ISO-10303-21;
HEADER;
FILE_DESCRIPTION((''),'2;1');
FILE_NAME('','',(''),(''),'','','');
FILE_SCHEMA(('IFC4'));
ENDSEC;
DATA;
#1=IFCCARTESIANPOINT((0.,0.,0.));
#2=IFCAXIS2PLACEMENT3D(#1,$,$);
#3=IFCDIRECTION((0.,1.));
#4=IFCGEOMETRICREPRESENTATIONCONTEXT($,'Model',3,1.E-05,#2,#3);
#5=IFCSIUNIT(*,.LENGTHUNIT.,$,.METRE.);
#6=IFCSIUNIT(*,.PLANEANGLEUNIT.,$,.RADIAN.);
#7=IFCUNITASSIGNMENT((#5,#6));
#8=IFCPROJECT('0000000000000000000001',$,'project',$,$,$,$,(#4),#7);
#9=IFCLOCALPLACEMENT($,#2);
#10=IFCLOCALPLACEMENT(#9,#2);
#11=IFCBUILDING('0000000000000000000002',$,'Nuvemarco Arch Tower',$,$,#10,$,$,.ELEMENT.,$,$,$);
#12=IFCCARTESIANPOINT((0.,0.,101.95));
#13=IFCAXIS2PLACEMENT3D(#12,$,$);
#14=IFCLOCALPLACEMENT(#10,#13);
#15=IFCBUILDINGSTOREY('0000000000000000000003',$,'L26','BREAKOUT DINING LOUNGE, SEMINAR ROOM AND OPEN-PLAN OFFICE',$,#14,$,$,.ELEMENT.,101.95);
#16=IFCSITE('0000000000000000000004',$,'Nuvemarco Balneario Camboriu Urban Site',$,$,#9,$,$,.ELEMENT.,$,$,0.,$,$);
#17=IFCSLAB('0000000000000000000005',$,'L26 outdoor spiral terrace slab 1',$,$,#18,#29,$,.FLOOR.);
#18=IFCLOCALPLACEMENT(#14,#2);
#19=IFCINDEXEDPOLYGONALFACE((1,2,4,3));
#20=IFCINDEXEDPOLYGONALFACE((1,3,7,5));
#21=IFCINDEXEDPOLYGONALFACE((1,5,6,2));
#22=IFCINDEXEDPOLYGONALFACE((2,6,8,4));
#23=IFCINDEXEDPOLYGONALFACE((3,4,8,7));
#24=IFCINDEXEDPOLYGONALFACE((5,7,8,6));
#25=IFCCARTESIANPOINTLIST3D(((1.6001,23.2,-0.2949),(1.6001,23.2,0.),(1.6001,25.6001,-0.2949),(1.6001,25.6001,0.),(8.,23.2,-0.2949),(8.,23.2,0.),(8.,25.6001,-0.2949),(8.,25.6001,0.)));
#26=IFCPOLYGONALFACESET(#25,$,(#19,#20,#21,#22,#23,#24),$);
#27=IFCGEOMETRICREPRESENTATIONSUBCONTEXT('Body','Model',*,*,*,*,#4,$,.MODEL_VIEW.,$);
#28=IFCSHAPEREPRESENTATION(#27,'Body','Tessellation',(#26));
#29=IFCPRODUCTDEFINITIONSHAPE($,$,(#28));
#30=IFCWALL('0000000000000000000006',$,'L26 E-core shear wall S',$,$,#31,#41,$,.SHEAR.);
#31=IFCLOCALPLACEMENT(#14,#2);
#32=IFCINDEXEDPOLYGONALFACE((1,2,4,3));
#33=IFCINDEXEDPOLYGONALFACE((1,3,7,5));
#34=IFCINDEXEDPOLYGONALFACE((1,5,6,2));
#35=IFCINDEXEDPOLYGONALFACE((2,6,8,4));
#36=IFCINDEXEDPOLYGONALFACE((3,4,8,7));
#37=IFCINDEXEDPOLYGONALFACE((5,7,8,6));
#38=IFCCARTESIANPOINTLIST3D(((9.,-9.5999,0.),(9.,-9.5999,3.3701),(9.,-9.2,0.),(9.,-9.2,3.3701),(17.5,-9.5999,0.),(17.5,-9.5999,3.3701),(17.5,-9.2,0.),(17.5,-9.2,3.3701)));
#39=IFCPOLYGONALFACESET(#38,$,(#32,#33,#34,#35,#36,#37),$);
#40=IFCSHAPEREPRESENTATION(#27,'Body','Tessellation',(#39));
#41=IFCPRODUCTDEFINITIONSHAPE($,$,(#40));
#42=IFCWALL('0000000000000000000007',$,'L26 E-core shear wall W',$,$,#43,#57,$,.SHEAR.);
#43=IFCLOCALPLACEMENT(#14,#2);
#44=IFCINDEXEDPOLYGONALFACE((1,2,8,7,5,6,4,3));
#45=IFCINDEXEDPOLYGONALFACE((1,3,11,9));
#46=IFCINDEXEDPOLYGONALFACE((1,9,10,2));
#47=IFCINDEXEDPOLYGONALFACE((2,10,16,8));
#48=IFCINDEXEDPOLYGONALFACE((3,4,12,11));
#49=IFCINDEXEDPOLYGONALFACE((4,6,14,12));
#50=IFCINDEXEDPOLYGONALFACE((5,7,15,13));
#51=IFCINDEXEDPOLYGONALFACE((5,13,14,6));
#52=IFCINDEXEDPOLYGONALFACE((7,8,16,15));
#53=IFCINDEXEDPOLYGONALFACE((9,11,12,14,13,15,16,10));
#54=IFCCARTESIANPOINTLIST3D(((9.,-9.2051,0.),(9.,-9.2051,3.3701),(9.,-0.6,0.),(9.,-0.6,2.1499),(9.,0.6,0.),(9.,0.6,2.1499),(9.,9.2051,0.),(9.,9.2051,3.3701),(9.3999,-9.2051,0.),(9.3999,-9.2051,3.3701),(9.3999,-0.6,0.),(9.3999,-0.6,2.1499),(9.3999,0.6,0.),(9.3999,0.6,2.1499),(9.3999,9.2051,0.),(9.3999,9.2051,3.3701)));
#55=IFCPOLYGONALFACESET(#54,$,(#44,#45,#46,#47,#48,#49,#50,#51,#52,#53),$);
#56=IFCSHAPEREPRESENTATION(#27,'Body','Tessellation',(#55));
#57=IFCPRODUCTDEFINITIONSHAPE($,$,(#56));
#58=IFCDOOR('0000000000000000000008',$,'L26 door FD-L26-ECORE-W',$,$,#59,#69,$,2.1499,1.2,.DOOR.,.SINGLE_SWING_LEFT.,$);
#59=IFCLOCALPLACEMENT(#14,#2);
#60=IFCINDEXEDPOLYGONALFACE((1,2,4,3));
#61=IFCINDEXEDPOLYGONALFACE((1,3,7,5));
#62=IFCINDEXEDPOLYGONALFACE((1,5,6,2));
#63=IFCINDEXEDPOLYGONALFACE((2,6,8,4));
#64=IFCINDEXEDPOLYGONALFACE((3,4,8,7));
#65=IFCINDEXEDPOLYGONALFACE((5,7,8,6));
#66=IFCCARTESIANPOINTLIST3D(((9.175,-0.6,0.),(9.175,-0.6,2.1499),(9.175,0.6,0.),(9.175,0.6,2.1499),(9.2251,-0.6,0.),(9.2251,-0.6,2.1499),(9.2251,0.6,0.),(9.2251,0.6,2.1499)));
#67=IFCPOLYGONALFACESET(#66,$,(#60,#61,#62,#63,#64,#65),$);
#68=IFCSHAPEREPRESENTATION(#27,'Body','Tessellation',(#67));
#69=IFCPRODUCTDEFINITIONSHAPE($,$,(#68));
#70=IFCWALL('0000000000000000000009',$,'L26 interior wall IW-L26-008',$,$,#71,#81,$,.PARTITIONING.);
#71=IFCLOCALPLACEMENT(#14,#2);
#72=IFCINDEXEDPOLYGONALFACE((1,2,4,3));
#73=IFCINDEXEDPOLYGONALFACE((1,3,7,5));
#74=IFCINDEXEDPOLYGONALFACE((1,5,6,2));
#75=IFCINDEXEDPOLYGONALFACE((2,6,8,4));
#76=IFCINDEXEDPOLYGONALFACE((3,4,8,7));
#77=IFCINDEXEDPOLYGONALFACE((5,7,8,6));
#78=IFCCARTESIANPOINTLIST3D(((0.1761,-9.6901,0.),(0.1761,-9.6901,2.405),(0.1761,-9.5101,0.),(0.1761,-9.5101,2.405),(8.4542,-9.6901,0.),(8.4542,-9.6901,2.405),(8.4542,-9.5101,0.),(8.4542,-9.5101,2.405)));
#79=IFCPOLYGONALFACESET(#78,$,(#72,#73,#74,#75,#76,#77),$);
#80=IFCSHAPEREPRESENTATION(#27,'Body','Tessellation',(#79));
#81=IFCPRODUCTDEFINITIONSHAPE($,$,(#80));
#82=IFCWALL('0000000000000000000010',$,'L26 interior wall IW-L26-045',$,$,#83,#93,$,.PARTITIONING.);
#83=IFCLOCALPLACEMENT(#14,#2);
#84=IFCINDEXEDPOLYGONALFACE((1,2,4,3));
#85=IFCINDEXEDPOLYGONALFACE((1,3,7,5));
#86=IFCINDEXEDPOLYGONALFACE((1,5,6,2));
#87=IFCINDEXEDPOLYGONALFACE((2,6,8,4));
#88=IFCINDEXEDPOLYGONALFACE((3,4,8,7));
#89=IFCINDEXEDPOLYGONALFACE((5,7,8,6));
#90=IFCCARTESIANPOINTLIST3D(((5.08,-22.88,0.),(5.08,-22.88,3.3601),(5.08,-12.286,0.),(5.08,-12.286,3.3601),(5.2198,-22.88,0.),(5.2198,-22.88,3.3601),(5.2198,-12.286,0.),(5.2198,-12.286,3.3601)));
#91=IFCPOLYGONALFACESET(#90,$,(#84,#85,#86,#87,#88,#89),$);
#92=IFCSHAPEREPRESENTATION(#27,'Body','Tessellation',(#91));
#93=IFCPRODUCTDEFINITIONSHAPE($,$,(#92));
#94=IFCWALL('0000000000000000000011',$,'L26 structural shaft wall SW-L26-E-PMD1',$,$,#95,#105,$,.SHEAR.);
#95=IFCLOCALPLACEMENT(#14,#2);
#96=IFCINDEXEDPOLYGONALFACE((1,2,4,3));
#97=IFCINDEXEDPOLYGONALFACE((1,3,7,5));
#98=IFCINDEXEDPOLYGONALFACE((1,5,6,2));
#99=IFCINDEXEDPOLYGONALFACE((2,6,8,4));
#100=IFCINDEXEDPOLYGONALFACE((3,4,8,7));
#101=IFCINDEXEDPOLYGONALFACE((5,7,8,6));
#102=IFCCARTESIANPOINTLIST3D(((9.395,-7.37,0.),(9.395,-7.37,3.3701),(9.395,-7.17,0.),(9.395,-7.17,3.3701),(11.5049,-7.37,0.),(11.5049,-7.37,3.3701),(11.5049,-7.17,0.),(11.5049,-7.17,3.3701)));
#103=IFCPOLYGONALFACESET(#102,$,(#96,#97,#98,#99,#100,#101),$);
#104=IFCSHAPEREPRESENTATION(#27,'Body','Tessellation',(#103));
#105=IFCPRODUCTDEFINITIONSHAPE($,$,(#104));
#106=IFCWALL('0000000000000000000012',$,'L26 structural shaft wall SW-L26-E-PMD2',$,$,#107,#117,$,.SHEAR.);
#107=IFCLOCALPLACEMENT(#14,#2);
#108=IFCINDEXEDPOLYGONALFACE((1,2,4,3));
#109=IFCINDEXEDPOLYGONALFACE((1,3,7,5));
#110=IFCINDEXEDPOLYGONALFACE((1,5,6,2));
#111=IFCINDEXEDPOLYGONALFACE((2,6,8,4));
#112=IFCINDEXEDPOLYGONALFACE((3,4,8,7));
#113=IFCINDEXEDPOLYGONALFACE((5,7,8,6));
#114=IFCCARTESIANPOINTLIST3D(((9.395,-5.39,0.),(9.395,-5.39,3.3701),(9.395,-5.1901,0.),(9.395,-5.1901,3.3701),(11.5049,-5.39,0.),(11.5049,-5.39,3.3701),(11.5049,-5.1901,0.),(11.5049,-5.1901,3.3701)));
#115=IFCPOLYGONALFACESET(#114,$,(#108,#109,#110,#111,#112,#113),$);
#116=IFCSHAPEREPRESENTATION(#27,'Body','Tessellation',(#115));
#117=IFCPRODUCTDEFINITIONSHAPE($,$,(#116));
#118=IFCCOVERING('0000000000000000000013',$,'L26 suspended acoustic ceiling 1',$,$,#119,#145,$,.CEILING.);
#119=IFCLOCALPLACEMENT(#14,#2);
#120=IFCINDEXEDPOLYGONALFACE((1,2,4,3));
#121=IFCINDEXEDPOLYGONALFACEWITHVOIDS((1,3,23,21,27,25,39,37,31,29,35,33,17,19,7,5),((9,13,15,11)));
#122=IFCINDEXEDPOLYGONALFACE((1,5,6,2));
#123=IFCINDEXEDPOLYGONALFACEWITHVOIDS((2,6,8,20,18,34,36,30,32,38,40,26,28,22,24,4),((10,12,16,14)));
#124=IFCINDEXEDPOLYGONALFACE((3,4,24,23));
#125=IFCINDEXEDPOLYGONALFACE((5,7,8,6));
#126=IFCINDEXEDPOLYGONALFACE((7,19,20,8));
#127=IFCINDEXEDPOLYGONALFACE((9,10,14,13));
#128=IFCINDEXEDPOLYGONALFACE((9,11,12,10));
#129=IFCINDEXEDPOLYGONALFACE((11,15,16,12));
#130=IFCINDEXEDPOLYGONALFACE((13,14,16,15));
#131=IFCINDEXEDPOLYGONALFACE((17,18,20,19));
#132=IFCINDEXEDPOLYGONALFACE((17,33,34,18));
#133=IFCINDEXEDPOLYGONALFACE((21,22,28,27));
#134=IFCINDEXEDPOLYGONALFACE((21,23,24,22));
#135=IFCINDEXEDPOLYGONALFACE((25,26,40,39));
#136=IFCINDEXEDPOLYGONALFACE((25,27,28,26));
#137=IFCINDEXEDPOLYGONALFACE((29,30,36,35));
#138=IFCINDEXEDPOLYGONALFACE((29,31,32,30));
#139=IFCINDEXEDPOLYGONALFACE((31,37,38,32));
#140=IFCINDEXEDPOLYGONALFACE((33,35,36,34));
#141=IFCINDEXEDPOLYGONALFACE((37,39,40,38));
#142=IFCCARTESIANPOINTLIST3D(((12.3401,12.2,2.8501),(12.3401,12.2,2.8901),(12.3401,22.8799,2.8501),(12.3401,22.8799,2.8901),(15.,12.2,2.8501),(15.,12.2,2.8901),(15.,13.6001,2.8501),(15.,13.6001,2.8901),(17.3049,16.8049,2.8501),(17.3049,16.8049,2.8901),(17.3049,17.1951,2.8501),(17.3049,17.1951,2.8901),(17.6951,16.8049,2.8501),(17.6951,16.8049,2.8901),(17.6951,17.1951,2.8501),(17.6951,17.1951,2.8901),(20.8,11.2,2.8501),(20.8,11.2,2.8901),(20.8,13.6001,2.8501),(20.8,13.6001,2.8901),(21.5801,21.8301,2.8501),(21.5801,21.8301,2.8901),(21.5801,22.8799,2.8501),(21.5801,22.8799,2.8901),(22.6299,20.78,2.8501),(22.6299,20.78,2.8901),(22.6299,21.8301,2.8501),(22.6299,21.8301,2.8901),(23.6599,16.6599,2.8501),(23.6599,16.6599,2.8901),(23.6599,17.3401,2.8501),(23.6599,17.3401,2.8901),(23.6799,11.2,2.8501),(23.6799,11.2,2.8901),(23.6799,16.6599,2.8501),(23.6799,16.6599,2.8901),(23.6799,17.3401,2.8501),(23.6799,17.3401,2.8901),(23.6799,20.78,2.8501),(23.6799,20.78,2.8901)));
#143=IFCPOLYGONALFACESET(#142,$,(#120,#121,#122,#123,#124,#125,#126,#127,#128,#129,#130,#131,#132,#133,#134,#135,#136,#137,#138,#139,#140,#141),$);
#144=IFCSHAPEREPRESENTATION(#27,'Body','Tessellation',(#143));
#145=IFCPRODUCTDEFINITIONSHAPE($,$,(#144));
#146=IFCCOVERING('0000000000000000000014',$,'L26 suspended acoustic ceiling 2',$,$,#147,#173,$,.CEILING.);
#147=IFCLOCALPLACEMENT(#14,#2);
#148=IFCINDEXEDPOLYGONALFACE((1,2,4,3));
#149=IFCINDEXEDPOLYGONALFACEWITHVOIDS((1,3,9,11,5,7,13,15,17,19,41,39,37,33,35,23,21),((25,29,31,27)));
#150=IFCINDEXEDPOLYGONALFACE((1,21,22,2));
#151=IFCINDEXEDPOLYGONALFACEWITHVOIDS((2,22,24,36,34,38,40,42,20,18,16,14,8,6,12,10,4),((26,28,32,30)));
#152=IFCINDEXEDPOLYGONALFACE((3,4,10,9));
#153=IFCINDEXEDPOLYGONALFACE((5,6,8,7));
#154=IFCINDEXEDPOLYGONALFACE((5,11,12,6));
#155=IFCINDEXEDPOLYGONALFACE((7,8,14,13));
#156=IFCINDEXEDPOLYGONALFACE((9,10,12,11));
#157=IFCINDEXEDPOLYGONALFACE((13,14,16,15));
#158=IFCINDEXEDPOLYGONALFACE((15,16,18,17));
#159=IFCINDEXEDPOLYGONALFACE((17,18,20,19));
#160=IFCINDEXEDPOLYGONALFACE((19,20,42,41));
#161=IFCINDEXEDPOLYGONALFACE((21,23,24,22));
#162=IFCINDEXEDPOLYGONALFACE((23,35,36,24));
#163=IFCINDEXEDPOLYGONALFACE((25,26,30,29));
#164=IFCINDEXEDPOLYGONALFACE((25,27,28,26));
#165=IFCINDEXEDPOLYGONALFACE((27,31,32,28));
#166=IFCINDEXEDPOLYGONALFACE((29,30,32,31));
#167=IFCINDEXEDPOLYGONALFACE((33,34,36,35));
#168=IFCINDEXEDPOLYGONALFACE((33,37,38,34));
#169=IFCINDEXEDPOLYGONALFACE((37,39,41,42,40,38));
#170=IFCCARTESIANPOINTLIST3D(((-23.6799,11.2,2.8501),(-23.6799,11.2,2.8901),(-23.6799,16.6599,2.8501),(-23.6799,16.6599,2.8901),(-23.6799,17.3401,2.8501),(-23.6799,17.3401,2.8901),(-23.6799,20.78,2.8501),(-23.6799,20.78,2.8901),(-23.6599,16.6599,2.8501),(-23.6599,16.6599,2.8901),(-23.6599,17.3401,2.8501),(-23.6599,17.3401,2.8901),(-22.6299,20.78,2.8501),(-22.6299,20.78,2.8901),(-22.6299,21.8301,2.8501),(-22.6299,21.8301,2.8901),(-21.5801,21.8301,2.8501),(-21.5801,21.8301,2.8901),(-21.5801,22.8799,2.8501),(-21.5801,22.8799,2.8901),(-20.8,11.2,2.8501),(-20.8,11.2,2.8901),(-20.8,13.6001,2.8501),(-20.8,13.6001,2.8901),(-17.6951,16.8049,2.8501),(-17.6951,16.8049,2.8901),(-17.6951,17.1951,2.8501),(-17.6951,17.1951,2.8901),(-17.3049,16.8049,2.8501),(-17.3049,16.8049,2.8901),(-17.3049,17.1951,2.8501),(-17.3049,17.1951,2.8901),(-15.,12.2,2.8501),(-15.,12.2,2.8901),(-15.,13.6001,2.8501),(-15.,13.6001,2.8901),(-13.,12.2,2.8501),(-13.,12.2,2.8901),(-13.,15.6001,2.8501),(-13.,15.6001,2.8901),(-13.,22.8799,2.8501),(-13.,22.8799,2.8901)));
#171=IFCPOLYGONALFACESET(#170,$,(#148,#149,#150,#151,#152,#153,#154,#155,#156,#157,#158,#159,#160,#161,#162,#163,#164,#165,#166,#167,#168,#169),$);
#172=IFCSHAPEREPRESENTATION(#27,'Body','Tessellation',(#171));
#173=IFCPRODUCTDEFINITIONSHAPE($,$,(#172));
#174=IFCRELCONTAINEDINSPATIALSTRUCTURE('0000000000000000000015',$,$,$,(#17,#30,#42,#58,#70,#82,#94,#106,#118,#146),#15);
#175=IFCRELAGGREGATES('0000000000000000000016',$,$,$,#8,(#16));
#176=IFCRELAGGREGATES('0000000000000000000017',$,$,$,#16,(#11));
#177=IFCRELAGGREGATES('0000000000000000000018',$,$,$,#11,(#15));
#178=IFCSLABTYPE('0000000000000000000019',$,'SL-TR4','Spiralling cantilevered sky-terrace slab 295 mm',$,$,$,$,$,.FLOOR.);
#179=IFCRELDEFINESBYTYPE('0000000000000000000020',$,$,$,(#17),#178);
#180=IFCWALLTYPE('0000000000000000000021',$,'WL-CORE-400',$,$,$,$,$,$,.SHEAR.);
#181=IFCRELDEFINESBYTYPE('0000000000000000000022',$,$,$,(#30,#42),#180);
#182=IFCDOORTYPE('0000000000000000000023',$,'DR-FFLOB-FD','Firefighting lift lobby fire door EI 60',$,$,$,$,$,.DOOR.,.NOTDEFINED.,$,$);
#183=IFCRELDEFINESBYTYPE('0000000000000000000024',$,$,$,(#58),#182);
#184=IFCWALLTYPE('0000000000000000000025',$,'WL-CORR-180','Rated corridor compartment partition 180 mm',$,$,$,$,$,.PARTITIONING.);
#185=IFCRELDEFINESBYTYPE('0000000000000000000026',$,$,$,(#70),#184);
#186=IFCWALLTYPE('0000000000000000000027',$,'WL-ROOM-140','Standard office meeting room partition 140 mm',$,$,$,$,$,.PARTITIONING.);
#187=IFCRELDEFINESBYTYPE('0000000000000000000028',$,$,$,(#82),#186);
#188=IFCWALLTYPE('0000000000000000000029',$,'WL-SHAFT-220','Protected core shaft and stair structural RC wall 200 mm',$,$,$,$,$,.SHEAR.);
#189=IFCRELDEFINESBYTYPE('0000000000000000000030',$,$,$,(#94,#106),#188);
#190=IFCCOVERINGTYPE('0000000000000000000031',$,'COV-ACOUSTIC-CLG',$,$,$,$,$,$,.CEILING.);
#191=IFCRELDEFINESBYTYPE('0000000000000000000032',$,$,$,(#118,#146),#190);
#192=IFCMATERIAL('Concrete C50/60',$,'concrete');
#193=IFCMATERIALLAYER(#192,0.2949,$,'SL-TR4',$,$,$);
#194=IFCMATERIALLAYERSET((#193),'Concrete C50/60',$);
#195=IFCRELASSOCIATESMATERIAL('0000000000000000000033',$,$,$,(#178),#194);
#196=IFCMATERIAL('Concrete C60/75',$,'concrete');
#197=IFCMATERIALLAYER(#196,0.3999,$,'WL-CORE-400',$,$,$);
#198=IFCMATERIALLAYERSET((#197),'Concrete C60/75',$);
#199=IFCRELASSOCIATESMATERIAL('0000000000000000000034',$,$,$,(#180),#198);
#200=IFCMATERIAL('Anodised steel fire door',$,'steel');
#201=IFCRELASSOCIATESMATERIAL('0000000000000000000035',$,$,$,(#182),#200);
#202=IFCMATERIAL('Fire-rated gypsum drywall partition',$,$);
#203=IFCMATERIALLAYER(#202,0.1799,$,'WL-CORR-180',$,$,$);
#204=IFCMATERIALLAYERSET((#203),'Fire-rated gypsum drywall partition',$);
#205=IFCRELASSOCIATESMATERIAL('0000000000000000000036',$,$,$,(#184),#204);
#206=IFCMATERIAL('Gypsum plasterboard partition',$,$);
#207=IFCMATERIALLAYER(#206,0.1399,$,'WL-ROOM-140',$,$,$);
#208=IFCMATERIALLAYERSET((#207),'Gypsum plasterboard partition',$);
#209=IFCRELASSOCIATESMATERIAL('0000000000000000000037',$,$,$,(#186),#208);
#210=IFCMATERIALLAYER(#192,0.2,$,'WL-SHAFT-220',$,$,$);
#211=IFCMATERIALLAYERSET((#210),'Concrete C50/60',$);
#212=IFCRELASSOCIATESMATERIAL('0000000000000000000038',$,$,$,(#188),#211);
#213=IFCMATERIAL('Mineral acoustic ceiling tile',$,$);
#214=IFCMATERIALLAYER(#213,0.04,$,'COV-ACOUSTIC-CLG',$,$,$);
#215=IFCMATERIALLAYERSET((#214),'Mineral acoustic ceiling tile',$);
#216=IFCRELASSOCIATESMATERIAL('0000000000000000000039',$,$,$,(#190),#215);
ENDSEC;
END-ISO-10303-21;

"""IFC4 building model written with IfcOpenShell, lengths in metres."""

from ifc_helpers import new_model, si_unit, direction, frame, frame_2d, origin, place, context, subcontext, project, spatial, polyline, rectangle, outline, extrude, source, transform, mapped, material, layer, layer_set, type_object, type_shapes, element, fill, save


model = new_model("IFC4")

# Units and contexts
model_context = context("Model", 3, precision=1e-05, world=origin(), true_north=direction((0.0, 1.0)))
body_context = subcontext(model_context, "Body", "Model", "MODEL_VIEW")
ifc_project = project(units=[si_unit("LENGTHUNIT", "METRE"), si_unit("PLANEANGLEUNIT", "RADIAN")], contexts=[model_context])

# Site, building, storey
site_placement = place(None, origin())
site = spatial("IfcSite", under=ifc_project, at=site_placement, Name="Nuvemarco Balneario Camboriu Urban Site", CompositionType="ELEMENT", RefElevation=0.0)
building_placement = place(site_placement, origin())
building = spatial("IfcBuilding", under=site, at=building_placement, Name="Nuvemarco Arch Tower", CompositionType="ELEMENT")
storey_placement = place(building_placement, frame((0.0, 0.0, 101.95)))
storey = spatial("IfcBuildingStorey", under=building, at=storey_placement, Name="L26", Description="BREAKOUT DINING LOUNGE, SEMINAR ROOM AND OPEN-PLAN OFFICE", CompositionType="ELEMENT", Elevation=101.95)

# Shared definitions
ifc_material_1 = material(Name="Concrete C60/75", Category="concrete")

# Shared definitions
ifc_material_2 = material(Name="Concrete C50/60", Category="concrete")

# Slab
ifc_layer_1 = layer(ifc_material_2, 0.2949, Name="SL-TR4")
ifc_layer_set_1 = layer_set([ifc_layer_1], Name="Concrete C50/60")
slab_type_1 = type_object("IfcSlabType", Name="SL-TR4", Description="Spiralling cantilevered sky-terrace slab 295 mm", PredefinedType="FLOOR", material=ifc_layer_set_1)
slab_1_placement = place(storey_placement, frame((0.0, 0.0, -0.2949)))
element("IfcSlab", 1, at=slab_1_placement, inside=storey, type_object=slab_type_1, Name="L26 outdoor spiral terrace slab 1", PredefinedType="FLOOR", context=body_context, shape_type="SweptSolid", body=[
    extrude(outline(polyline([(1.6001, 23.2), (8.0, 23.2), (8.0, 25.6001), (1.6001, 25.6001), (1.6001, 23.2)])), origin(), (0.0, 0.0, 1.0), 0.2949),
])

# Wall
ifc_layer_2 = layer(ifc_material_1, 0.3999, Name="WL-CORE-400")
ifc_layer_set_2 = layer_set([ifc_layer_2], Name="Concrete C60/75")
wall_type_1 = type_object("IfcWallType", Name="WL-CORE-400", PredefinedType="SHEAR", material=ifc_layer_set_2)
wall_1_placement = place(storey_placement, frame((9.0, -9.3999, 0.0), z_axis=(0.0, 0.0, 1.0), x_axis=(1.0, 0.0, 0.0)))
element("IfcWall", 2, at=wall_1_placement, inside=storey, type_object=wall_type_1, Name="L26 E-core shear wall S", PredefinedType="SHEAR", context=body_context, shape_type="SweptSolid", body=[
    extrude(rectangle(XDim=8.5, YDim=0.3999, at=frame_2d((4.25, 0.0))), origin(), (0.0, 0.0, 1.0), 3.3701),
])

# Wall, opening, door
wall_2_placement = place(storey_placement, frame((9.2, -9.2051, 0.0), z_axis=(0.0, 0.0, 1.0), x_axis=(0.0, 1.0, 0.0)))
wall_2 = element("IfcWall", 3, at=wall_2_placement, inside=storey, type_object=wall_type_1, Name="L26 E-core shear wall W", PredefinedType="SHEAR", context=body_context, shape_type="SweptSolid", body=[
    extrude(rectangle(XDim=18.4102, YDim=0.3999, at=frame_2d((9.2051, 0.0))), origin(), (0.0, 0.0, 1.0), 3.3701),
])
opening_placement = place(wall_2_placement, frame((8.605, 0.0, 0.0)))
opening = element("IfcOpeningElement", 4, at=opening_placement, cuts=wall_2, PredefinedType="OPENING", context=body_context, shape_type="SweptSolid", body=[
    extrude(rectangle(XDim=1.2, YDim=2.1499, at=frame_2d((0.6001, 1.075))), frame((0.0, 0.21, 0.0), z_axis=(0.0, -1.0, 0.0), x_axis=(1.0, 0.0, 0.0)), (0.0, 0.0, 1.0), 0.4199),
])
ifc_material_3 = material(Name="Anodised steel fire door", Category="steel")
door_type = type_object("IfcDoorType", Name="DR-FFLOB-FD", Description="Firefighting lift lobby fire door EI 60", OperationType="NOTDEFINED", PredefinedType="DOOR", material=ifc_material_3)
shared_shape_1 = source(origin(), body_context, "Body", "SweptSolid", [
    extrude(rectangle(XDim=1.2, YDim=2.1499, at=frame_2d((0.6001, 1.075))), frame((0.0, 0.0249, 0.0), z_axis=(0.0, -1.0, 0.0), x_axis=(1.0, 0.0, 0.0)), (0.0, 0.0, 1.0), 0.05),
])
type_shapes(door_type, [shared_shape_1])
door_placement = place(opening_placement, origin())
door = element("IfcDoor", 5, at=door_placement, inside=storey, type_object=door_type, Name="L26 door FD-L26-ECORE-W", OperationType="SINGLE_SWING_LEFT", OverallHeight=2.1499, OverallWidth=1.2, PredefinedType="DOOR", context=body_context, shape_type="MappedRepresentation", body=[
    mapped(shared_shape_1, transform((0.0, 0.0, 0.0), scale=1.0)),
])
fill(opening, door)

# Walls
ifc_material_4 = material(Name="Fire-rated gypsum drywall partition")
ifc_layer_3 = layer(ifc_material_4, 0.1799, Name="WL-CORR-180")
ifc_layer_set_3 = layer_set([ifc_layer_3], Name="Fire-rated gypsum drywall partition")
wall_type_2 = type_object("IfcWallType", Name="WL-CORR-180", Description="Rated corridor compartment partition 180 mm", PredefinedType="PARTITIONING", material=ifc_layer_set_3)
wall_3_placement = place(storey_placement, frame((0.176, -9.6001, 0.0), z_axis=(0.0, 0.0, 1.0), x_axis=(1.0, 0.0, 0.0)))
element("IfcWall", 6, at=wall_3_placement, inside=storey, type_object=wall_type_2, Name="L26 interior wall IW-L26-008", PredefinedType="PARTITIONING", context=body_context, shape_type="SweptSolid", body=[
    extrude(rectangle(XDim=8.2781, YDim=0.1799, at=frame_2d((4.1392, 0.0))), origin(), (0.0, 0.0, 1.0), 2.405),
])
ifc_material_5 = material(Name="Gypsum plasterboard partition")
ifc_layer_4 = layer(ifc_material_5, 0.1399, Name="WL-ROOM-140")
ifc_layer_set_4 = layer_set([ifc_layer_4], Name="Gypsum plasterboard partition")
wall_type_3 = type_object("IfcWallType", Name="WL-ROOM-140", Description="Standard office meeting room partition 140 mm", PredefinedType="PARTITIONING", material=ifc_layer_set_4)
wall_4_placement = place(storey_placement, frame((5.1499, -22.8799, 0.0), z_axis=(0.0, 0.0, 1.0), x_axis=(0.0, 1.0, 0.0)))
element("IfcWall", 7, at=wall_4_placement, inside=storey, type_object=wall_type_3, Name="L26 interior wall IW-L26-045", PredefinedType="PARTITIONING", context=body_context, shape_type="SweptSolid", body=[
    extrude(rectangle(XDim=10.594, YDim=0.1399, at=frame_2d((5.2969, 0.0))), origin(), (0.0, 0.0, 1.0), 3.3601),
])
ifc_layer_5 = layer(ifc_material_2, 0.2, Name="WL-SHAFT-220")
ifc_layer_set_5 = layer_set([ifc_layer_5], Name="Concrete C50/60")
wall_type_4 = type_object("IfcWallType", Name="WL-SHAFT-220", Description="Protected core shaft and stair structural RC wall 200 mm", PredefinedType="SHEAR", material=ifc_layer_set_5)
for number, where, z_axis, x_axis, name in (
    (8, (9.395, -7.27, 0.0), (0.0, 0.0, 1.0), (1.0, 0.0, 0.0), "L26 structural shaft wall SW-L26-E-PMD1"),
    (9, (9.395, -5.29, 0.0), (0.0, 0.0, 1.0), (1.0, 0.0, 0.0), "L26 structural shaft wall SW-L26-E-PMD2"),
):
    element("IfcWall", number, at=place(storey_placement, frame(where, z_axis=z_axis, x_axis=x_axis)), inside=storey, type_object=wall_type_4, Name=name, PredefinedType="SHEAR", context=body_context, shape_type="SweptSolid", body=[
        extrude(rectangle(XDim=2.1099, YDim=0.2, at=frame_2d((1.0549, 0.0))), origin(), (0.0, 0.0, 1.0), 3.3701),
    ])

# Coverings
ifc_material_6 = material(Name="Mineral acoustic ceiling tile")
ifc_layer_6 = layer(ifc_material_6, 0.04, Name="COV-ACOUSTIC-CLG")
ifc_layer_set_6 = layer_set([ifc_layer_6], Name="Mineral acoustic ceiling tile")
covering_type = type_object("IfcCoveringType", Name="COV-ACOUSTIC-CLG", PredefinedType="CEILING", material=ifc_layer_set_6)
covering_1_placement = place(storey_placement, frame((0.0, 0.0, 2.8501)))
element("IfcCovering", 10, at=covering_1_placement, inside=storey, type_object=covering_type, Name="L26 suspended acoustic ceiling 1", PredefinedType="CEILING", context=body_context, shape_type="SweptSolid", body=[
    extrude(outline(polyline([(23.6799, 20.78), (23.6799, 17.3401), (23.6599, 17.3401), (23.6599, 16.6599), (23.6799, 16.6599), (23.6799, 11.2), (20.8, 11.2), (20.8, 13.6001), (15.0, 13.6001), (15.0, 12.2), (12.3401, 12.2), (12.3401, 22.8799), (21.5801, 22.8799), (21.5801, 21.8301), (22.6299, 21.8301), (22.6299, 20.78), (23.6799, 20.78)]), holes=[polyline([(17.6951, 16.8049), (17.6951, 17.1951), (17.3049, 17.1951), (17.3049, 16.8049), (17.6951, 16.8049)])]), origin(), (0.0, 0.0, 1.0), 0.04),
])
covering_2_placement = place(storey_placement, frame((0.0, 0.0, 2.8501)))
element("IfcCovering", 11, at=covering_2_placement, inside=storey, type_object=covering_type, Name="L26 suspended acoustic ceiling 2", PredefinedType="CEILING", context=body_context, shape_type="SweptSolid", body=[
    extrude(outline(polyline([(-23.6799, 11.2), (-23.6799, 16.6599), (-23.6599, 16.6599), (-23.6599, 17.3401), (-23.6799, 17.3401), (-23.6799, 20.78), (-22.6299, 20.78), (-22.6299, 21.8301), (-21.5801, 21.8301), (-21.5801, 22.8799), (-13.0, 22.8799), (-13.0, 15.6001), (-13.0, 12.2), (-15.0, 12.2), (-15.0, 13.6001), (-20.8, 13.6001), (-20.8, 11.2), (-23.6799, 11.2)]), holes=[polyline([(-17.3049, 16.8049), (-17.3049, 17.1951), (-17.6951, 17.1951), (-17.6951, 16.8049), (-17.3049, 16.8049)])]), origin(), (0.0, 0.0, 1.0), 0.04),
])

save(model, "model.ifc")
